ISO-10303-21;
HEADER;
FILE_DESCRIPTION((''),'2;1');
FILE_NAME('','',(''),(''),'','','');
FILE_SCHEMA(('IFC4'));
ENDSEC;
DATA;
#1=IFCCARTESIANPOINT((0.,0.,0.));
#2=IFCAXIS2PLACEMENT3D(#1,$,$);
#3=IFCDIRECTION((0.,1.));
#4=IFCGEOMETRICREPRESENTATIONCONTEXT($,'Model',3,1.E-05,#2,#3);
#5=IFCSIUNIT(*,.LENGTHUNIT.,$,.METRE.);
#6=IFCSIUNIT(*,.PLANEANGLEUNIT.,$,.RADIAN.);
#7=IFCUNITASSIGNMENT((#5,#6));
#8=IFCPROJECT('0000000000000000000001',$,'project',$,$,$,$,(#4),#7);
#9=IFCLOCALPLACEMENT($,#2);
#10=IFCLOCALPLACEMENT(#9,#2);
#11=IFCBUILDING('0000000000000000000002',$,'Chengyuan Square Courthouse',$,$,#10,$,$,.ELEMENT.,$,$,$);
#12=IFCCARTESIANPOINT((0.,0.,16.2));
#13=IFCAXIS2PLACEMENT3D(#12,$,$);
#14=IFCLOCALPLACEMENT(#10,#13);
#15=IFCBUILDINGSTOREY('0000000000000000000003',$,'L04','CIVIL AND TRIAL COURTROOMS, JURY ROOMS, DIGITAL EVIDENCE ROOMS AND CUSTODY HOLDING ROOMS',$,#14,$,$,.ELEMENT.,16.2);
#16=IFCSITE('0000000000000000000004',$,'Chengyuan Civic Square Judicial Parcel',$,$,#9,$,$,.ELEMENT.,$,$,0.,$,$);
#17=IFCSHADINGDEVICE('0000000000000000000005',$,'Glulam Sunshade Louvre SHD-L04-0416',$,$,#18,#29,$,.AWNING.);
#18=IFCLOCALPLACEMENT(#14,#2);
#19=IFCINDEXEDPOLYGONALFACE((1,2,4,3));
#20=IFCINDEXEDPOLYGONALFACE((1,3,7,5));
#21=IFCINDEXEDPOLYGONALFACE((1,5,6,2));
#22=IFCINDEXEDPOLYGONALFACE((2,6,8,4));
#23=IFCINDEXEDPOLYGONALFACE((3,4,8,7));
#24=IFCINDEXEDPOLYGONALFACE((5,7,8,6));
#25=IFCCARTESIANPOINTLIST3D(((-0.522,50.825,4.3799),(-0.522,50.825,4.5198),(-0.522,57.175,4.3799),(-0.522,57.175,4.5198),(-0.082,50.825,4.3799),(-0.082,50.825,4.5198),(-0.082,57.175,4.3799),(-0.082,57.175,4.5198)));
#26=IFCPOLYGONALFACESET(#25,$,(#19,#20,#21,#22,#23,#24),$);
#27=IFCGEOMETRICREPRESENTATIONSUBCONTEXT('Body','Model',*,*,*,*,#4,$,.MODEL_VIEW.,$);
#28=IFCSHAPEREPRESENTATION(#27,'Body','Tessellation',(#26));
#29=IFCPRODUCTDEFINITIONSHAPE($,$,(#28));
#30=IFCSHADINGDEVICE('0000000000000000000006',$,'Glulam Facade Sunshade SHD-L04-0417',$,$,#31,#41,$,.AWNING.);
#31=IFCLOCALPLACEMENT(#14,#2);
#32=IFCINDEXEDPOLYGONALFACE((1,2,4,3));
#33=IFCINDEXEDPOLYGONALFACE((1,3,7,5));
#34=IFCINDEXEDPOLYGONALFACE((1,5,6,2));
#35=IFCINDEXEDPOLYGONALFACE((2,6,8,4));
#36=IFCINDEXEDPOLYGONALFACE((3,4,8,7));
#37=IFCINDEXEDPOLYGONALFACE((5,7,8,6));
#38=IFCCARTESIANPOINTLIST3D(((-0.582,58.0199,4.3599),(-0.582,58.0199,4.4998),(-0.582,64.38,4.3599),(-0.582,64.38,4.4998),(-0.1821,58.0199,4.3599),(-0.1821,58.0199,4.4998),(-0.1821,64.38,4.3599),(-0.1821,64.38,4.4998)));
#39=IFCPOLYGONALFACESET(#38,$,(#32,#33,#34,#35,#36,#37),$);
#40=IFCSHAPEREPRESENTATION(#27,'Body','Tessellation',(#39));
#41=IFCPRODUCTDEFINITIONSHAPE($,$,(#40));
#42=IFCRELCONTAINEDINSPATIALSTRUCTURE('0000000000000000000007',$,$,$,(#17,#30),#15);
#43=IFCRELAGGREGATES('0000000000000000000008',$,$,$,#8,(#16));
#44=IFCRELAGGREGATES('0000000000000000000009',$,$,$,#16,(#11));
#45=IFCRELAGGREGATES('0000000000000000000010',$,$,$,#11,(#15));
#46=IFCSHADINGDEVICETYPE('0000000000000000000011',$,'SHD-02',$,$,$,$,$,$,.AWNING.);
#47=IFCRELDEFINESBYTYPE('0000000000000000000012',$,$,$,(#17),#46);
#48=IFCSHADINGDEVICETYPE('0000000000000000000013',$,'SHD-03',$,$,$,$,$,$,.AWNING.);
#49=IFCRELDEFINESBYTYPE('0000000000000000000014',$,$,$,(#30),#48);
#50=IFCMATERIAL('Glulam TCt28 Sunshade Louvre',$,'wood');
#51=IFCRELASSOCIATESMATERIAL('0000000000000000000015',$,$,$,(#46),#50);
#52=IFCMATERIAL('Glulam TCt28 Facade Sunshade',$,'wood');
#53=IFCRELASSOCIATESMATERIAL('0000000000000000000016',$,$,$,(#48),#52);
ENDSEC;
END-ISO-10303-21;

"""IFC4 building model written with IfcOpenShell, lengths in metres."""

from ifc_helpers import new_model, si_unit, direction, frame, origin, origin_2d, place, context, subcontext, project, spatial, rectangle, extrude, material, type_object, element, save


model = new_model("IFC4")

# Units and contexts
model_context = context("Model", 3, precision=1e-05, world=origin(), true_north=direction((0.0, 1.0)))
body_context = subcontext(model_context, "Body", "Model", "MODEL_VIEW")
ifc_project = project(units=[si_unit("LENGTHUNIT", "METRE"), si_unit("PLANEANGLEUNIT", "RADIAN")], contexts=[model_context])

# Site, building, storey
site_placement = place(None, origin())
site = spatial("IfcSite", under=ifc_project, at=site_placement, Name="Chengyuan Civic Square Judicial Parcel", CompositionType="ELEMENT", RefElevation=0.0)
building_placement = place(site_placement, origin())
building = spatial("IfcBuilding", under=site, at=building_placement, Name="Chengyuan Square Courthouse", CompositionType="ELEMENT")
storey_placement = place(building_placement, frame((0.0, 0.0, 16.2)))
storey = spatial("IfcBuildingStorey", under=building, at=storey_placement, Name="L04", Description="CIVIL AND TRIAL COURTROOMS, JURY ROOMS, DIGITAL EVIDENCE ROOMS AND CUSTODY HOLDING ROOMS", CompositionType="ELEMENT", Elevation=16.2)

# Shading devices
ifc_material_1 = material(Name="Glulam TCt28 Sunshade Louvre", Category="wood")
shading_device_type_1 = type_object("IfcShadingDeviceType", Name="SHD-02", PredefinedType="AWNING", material=ifc_material_1)
shading_device_1_placement = place(storey_placement, frame((-0.302, 54.0, 4.3799), z_axis=(0.0, 0.0, 1.0), x_axis=(0.0, 1.0, 0.0)))
element("IfcShadingDevice", 1, at=shading_device_1_placement, inside=storey, type_object=shading_device_type_1, Name="Glulam Sunshade Louvre SHD-L04-0416", PredefinedType="AWNING", context=body_context, shape_type="SweptSolid", body=[
    extrude(rectangle(XDim=6.3501, YDim=0.4399, at=origin_2d()), origin(), (0.0, 0.0, 1.0), 0.1399),
])
ifc_material_2 = material(Name="Glulam TCt28 Facade Sunshade", Category="wood")
shading_device_type_2 = type_object("IfcShadingDeviceType", Name="SHD-03", PredefinedType="AWNING", material=ifc_material_2)
shading_device_2_placement = place(storey_placement, frame((-0.3821, 61.2, 4.3599), z_axis=(0.0, 0.0, 1.0), x_axis=(0.0, 1.0, 0.0)))
element("IfcShadingDevice", 2, at=shading_device_2_placement, inside=storey, type_object=shading_device_type_2, Name="Glulam Facade Sunshade SHD-L04-0417", PredefinedType="AWNING", context=body_context, shape_type="SweptSolid", body=[
    extrude(rectangle(XDim=6.3601, YDim=0.3999, at=origin_2d()), origin(), (0.0, 0.0, 1.0), 0.1399),
])

save(model, "model.ifc")
